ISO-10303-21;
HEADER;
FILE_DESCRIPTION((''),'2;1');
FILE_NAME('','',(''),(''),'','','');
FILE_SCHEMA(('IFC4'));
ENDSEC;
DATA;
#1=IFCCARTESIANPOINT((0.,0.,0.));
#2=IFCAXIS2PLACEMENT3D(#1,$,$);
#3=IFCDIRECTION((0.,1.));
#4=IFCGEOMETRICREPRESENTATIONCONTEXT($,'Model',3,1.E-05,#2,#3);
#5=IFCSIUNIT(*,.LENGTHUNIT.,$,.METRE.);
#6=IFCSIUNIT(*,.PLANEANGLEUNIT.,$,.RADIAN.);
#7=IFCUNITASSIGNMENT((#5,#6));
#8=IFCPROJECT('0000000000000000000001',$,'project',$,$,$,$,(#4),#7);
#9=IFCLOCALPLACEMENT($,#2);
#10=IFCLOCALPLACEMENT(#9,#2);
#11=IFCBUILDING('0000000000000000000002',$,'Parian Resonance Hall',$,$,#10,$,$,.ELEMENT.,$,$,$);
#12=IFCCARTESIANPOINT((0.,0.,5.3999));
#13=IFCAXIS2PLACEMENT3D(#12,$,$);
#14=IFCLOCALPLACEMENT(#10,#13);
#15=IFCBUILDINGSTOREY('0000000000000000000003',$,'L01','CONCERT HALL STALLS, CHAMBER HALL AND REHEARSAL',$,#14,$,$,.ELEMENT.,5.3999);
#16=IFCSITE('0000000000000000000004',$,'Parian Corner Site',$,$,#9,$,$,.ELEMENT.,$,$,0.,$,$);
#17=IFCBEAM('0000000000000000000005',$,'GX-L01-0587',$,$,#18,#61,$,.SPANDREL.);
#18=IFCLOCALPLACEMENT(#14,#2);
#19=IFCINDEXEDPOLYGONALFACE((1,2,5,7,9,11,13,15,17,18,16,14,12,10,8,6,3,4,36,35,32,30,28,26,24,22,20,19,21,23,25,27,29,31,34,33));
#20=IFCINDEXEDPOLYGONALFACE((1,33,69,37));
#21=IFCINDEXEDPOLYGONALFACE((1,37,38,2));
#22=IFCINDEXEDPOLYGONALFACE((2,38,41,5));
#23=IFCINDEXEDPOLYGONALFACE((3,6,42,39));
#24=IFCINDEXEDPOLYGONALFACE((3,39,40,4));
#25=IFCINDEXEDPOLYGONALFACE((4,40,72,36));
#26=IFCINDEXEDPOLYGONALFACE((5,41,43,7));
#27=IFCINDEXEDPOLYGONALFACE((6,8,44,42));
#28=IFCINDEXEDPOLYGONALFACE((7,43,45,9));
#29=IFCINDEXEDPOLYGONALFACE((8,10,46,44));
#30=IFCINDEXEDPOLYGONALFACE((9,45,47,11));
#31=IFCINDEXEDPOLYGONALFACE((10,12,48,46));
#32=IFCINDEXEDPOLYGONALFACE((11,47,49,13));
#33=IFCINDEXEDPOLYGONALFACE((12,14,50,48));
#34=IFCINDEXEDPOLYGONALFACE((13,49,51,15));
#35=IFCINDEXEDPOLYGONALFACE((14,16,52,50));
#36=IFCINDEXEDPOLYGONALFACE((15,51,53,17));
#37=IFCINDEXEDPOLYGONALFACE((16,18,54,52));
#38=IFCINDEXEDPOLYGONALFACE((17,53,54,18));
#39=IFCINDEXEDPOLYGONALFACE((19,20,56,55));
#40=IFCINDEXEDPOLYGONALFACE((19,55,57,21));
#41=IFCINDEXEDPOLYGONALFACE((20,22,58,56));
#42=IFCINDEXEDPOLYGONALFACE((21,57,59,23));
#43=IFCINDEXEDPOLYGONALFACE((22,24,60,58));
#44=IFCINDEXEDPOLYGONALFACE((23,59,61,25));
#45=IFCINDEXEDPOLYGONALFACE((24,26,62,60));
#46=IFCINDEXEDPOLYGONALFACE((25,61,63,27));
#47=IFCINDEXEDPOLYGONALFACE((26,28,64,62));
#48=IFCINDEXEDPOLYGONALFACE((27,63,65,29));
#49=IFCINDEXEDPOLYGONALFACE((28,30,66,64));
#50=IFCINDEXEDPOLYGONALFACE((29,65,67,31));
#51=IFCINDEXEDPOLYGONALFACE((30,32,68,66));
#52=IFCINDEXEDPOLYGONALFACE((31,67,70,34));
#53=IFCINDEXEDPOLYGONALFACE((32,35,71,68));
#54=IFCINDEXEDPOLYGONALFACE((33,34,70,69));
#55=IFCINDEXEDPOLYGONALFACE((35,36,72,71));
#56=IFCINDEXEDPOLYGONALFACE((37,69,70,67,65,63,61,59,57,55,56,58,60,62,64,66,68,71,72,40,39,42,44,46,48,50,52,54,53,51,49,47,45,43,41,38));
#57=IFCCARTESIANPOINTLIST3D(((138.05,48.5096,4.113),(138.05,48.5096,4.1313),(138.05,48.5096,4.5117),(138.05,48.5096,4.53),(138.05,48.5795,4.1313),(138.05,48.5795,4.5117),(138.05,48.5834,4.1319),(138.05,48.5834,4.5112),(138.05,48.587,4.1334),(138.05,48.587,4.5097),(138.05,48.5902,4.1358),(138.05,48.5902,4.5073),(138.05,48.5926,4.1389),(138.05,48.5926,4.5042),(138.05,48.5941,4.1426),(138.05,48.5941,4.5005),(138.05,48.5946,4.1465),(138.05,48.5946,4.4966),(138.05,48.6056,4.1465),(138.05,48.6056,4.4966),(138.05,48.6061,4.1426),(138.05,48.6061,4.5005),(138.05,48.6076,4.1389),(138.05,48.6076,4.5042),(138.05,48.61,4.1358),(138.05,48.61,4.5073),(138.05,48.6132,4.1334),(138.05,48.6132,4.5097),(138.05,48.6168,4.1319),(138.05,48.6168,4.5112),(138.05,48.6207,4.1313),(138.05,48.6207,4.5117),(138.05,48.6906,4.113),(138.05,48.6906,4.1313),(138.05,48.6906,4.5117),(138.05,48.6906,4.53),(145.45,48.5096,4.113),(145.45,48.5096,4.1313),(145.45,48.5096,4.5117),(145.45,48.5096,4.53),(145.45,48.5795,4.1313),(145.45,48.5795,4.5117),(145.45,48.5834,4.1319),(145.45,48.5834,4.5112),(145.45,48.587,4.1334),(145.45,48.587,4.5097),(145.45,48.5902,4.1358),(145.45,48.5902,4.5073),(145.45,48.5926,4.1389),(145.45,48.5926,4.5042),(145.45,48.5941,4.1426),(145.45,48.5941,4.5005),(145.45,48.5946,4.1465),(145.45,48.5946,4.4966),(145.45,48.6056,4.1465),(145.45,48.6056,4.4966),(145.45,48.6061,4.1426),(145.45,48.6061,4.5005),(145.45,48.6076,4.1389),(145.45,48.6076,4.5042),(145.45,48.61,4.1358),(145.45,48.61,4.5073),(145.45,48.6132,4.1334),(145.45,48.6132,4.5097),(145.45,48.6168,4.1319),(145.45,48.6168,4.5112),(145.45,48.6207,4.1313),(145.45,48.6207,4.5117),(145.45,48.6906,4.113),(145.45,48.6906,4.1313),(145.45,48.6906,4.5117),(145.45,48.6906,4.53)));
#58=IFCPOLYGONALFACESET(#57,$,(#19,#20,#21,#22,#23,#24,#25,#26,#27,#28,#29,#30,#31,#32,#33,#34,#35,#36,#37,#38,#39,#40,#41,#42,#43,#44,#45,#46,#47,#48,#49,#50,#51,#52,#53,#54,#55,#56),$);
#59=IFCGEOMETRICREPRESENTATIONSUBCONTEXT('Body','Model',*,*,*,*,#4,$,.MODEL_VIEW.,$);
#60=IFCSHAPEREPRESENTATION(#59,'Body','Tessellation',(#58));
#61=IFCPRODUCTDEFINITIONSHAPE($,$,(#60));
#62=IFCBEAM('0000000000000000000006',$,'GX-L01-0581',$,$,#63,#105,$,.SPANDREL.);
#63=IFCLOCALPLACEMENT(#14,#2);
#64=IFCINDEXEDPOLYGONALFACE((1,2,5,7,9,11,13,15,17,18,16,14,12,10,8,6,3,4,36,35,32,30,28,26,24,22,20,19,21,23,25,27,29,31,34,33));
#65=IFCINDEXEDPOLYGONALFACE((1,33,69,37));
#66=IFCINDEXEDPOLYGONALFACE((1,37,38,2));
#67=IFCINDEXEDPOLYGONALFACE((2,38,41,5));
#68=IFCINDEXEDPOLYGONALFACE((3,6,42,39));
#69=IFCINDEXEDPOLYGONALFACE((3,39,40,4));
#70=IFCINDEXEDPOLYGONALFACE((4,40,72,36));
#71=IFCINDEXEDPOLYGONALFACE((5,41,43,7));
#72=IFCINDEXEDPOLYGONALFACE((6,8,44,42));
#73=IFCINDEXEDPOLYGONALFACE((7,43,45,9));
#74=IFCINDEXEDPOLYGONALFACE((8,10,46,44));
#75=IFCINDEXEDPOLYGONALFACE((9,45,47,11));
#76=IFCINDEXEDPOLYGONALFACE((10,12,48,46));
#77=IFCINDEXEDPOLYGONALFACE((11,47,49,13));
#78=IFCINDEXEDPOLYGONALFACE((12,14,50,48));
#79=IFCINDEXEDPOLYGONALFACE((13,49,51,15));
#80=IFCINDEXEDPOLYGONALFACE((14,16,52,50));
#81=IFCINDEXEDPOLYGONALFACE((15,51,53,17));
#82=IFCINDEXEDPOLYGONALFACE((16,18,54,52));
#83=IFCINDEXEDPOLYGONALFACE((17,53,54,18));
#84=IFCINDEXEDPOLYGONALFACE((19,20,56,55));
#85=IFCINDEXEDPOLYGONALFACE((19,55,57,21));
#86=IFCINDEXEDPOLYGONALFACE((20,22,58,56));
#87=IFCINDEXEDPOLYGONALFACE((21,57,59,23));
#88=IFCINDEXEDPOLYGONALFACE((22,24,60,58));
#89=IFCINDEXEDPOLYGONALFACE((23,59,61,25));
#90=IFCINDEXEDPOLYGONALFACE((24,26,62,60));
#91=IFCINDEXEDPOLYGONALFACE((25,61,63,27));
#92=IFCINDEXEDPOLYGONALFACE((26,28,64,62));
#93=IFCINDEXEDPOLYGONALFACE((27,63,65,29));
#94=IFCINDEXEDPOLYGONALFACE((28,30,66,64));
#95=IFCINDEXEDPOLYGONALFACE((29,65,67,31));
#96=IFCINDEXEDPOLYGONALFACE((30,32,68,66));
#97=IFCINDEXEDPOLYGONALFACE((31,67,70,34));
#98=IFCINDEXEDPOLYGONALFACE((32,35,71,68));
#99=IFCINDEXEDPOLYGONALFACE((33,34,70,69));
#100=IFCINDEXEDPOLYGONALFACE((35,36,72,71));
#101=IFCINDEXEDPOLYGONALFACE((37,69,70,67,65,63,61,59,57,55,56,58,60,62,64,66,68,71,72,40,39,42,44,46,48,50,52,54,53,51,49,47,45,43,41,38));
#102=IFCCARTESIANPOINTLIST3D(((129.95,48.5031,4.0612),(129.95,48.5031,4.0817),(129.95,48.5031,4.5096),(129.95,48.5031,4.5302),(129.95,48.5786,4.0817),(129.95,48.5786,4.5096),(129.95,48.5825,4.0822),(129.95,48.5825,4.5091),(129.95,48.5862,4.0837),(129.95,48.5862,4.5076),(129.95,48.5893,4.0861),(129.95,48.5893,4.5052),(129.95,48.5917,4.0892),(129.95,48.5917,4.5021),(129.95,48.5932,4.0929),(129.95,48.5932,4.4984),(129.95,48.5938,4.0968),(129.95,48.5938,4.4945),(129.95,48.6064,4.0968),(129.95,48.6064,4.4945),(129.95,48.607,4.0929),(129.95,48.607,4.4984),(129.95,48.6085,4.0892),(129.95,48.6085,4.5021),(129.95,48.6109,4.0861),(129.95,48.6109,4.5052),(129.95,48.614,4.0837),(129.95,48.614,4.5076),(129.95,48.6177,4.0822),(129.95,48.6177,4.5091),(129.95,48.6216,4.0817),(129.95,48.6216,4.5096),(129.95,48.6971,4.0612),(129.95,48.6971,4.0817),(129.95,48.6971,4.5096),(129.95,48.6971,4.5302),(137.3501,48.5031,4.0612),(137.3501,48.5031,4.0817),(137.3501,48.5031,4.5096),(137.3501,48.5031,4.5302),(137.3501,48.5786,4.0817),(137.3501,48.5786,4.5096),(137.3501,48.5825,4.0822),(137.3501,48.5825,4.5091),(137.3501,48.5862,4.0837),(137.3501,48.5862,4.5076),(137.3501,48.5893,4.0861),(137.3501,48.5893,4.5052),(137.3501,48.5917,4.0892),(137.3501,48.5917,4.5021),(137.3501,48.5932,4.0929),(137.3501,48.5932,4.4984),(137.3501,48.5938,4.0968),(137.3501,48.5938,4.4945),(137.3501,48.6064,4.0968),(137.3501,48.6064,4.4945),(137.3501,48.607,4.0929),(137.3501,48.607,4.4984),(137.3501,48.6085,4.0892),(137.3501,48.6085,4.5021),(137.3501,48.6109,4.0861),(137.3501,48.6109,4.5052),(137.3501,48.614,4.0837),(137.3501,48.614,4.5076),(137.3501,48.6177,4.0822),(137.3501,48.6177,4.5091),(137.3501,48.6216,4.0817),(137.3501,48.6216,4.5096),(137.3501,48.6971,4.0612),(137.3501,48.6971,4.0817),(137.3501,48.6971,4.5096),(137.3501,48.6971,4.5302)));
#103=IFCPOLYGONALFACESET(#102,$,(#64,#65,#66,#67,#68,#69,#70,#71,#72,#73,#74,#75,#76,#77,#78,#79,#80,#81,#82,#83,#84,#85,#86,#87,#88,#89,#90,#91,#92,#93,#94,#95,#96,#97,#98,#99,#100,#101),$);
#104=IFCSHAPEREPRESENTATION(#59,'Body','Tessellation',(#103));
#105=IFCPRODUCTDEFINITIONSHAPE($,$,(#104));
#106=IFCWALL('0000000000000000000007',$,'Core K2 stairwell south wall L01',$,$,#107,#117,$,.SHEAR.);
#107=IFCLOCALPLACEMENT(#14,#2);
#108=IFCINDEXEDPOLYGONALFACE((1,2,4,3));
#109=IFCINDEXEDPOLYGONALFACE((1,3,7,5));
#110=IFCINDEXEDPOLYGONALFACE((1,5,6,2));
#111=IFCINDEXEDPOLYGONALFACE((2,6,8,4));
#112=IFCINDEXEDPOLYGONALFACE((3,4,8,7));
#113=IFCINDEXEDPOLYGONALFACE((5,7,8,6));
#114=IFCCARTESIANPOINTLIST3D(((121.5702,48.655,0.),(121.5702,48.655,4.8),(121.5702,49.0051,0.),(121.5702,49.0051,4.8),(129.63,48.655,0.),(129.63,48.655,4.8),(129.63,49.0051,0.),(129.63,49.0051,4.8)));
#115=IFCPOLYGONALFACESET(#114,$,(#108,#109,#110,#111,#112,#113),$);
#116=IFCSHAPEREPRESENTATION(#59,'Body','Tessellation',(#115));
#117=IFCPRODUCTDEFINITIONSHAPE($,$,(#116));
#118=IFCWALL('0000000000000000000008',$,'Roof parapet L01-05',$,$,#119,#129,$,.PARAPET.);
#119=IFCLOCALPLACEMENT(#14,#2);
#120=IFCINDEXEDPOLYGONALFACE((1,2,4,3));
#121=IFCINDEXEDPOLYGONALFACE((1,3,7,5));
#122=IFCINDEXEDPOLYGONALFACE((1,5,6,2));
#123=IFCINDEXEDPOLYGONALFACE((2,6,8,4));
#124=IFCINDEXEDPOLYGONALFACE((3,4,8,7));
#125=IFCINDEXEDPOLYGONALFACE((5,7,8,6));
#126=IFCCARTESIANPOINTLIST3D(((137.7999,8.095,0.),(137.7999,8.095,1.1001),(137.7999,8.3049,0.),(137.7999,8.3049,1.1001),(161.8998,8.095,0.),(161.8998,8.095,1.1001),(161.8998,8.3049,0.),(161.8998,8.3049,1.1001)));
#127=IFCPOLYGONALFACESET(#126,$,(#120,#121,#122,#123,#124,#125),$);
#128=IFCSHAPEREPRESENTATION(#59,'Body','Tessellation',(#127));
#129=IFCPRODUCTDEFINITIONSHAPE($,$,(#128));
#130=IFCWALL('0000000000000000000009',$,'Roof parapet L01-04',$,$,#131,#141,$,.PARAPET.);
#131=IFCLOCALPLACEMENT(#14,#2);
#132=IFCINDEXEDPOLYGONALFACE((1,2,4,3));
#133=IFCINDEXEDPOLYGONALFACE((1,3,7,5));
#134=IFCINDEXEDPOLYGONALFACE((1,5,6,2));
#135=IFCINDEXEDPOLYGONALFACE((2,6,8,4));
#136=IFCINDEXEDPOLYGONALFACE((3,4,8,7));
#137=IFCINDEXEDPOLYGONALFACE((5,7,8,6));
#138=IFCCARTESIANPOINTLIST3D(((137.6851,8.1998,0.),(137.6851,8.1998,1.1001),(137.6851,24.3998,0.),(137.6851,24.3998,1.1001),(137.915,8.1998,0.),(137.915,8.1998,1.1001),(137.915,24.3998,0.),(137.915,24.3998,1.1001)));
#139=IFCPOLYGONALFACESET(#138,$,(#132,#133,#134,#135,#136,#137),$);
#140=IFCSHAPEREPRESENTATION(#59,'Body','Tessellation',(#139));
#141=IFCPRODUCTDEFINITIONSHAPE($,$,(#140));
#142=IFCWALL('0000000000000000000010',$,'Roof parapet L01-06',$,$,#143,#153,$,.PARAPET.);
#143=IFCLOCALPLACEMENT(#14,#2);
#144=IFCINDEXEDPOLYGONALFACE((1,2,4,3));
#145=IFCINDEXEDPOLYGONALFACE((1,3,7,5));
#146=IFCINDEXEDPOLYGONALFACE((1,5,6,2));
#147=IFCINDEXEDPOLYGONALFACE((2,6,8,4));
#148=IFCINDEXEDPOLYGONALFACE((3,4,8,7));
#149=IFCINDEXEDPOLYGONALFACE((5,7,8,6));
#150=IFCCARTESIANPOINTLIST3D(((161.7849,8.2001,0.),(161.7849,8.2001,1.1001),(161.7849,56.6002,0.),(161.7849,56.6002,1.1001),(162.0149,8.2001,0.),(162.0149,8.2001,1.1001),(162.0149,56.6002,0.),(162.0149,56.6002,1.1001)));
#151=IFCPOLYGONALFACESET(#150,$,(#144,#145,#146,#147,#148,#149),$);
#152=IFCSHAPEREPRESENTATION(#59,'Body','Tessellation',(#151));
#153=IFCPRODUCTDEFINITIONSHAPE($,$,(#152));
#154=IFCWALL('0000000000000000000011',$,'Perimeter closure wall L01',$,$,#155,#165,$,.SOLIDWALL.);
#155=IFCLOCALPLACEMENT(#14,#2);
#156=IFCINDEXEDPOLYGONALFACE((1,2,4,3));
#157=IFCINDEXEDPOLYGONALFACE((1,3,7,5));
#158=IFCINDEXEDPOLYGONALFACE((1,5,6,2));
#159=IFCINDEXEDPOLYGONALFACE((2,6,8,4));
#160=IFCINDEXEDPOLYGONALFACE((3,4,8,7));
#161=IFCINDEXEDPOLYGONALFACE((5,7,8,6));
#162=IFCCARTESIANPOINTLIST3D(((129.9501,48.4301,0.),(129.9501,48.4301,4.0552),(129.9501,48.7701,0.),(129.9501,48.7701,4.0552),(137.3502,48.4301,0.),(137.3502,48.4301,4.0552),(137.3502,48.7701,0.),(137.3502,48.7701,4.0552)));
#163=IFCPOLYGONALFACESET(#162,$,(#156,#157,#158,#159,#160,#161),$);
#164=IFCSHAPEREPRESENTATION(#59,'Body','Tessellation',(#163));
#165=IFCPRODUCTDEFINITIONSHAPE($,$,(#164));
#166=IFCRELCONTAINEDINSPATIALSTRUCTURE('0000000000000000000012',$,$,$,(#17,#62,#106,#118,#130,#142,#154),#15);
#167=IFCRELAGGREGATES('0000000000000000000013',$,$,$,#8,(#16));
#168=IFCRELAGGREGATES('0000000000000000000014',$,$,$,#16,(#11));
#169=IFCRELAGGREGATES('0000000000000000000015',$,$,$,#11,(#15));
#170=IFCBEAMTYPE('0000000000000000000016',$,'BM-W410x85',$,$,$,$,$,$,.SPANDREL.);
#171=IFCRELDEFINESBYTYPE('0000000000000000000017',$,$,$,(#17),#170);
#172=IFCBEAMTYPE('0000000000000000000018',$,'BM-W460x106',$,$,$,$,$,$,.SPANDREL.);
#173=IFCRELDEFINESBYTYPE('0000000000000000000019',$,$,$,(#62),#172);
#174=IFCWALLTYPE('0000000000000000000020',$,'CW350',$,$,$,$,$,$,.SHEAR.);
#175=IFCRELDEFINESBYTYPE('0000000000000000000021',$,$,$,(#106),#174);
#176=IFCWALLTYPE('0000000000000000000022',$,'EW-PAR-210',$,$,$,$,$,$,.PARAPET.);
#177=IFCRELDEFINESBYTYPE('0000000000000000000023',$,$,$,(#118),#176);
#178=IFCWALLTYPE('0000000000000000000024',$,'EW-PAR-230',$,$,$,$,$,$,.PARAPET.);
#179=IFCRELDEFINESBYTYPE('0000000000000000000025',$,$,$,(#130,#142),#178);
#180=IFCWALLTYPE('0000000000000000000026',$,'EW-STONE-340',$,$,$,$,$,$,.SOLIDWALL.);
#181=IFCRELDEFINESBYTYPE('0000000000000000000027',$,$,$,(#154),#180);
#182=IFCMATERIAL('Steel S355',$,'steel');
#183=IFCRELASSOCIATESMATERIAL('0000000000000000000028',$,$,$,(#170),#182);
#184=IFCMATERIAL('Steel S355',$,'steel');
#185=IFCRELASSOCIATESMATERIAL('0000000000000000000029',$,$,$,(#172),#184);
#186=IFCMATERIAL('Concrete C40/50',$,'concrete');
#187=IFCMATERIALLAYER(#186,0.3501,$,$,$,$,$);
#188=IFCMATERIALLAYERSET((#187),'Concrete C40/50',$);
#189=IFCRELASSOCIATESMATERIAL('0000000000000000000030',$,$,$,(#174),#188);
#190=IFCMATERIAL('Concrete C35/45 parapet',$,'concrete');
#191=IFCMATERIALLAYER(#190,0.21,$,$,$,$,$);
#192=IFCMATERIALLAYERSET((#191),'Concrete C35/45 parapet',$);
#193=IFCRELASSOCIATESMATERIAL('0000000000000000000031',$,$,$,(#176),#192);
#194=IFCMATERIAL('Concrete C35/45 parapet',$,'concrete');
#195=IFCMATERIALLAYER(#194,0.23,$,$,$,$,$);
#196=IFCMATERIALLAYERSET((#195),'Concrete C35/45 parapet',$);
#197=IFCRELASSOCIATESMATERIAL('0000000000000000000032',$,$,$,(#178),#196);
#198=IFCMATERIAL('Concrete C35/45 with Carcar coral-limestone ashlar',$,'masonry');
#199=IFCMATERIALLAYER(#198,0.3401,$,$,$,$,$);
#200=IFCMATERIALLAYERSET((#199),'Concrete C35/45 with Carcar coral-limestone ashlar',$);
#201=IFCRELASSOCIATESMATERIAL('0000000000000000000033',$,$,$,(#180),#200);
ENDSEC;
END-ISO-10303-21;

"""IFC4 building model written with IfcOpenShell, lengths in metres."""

from ifc_helpers import new_model, si_unit, direction, frame, frame_2d, origin, origin_2d, place, context, subcontext, project, spatial, rectangle, i_section, extrude, material, layer, layer_set, material_profile, profile_set, type_object, element, save


model = new_model("IFC4")

# Units and contexts
model_context = context("Model", 3, precision=1e-05, world=origin(), true_north=direction((0.0, 1.0)))
body_context = subcontext(model_context, "Body", "Model", "MODEL_VIEW")
ifc_project = project(units=[si_unit("LENGTHUNIT", "METRE"), si_unit("PLANEANGLEUNIT", "RADIAN")], contexts=[model_context])

# Site, building, storey
site_placement = place(None, origin())
site = spatial("IfcSite", under=ifc_project, at=site_placement, Name="Parian Corner Site", CompositionType="ELEMENT", RefElevation=0.0)
building_placement = place(site_placement, origin())
building = spatial("IfcBuilding", under=site, at=building_placement, Name="Parian Resonance Hall", CompositionType="ELEMENT")
storey_placement = place(building_placement, frame((0.0, 0.0, 5.3999)))
storey = spatial("IfcBuildingStorey", under=building, at=storey_placement, Name="L01", Description="CONCERT HALL STALLS, CHAMBER HALL AND REHEARSAL", CompositionType="ELEMENT", Elevation=5.3999)

# Beams
ifc_material_1 = material(Name="Steel S355", Category="steel")
ifc_material_profile_1 = material_profile(ifc_material_1, i_section(OverallWidth=0.1809, OverallDepth=0.417, WebThickness=0.011, FlangeThickness=0.0183, FilletRadius=0.0151, at=origin_2d()), Name="W410x85")
ifc_profile_set_1 = profile_set([ifc_material_profile_1], Name="Steel S355")
beam_type_1 = type_object("IfcBeamType", Name="BM-W410x85", PredefinedType="SPANDREL", material=ifc_profile_set_1)
beam_1_placement = place(storey_placement, frame((138.05, 48.6001, 4.3215), z_axis=(1.0, 0.0, 0.0), x_axis=(0.0, 1.0, 0.0)))
element("IfcBeam", 1, at=beam_1_placement, inside=storey, type_object=beam_type_1, Name="GX-L01-0587", PredefinedType="SPANDREL", context=body_context, shape_type="SweptSolid", body=[
    extrude(i_section(OverallWidth=0.1809, OverallDepth=0.417, WebThickness=0.011, FlangeThickness=0.0183, FilletRadius=0.0151, at=origin_2d()), origin(), (0.0, 0.0, 1.0), 7.3999),
])
ifc_material_2 = material(Name="Steel S355", Category="steel")
ifc_material_profile_2 = material_profile(ifc_material_2, i_section(OverallWidth=0.1941, OverallDepth=0.469, WebThickness=0.0127, FlangeThickness=0.0205, FilletRadius=0.0151, at=origin_2d()), Name="W460x106")
ifc_profile_set_2 = profile_set([ifc_material_profile_2], Name="Steel S355")
beam_type_2 = type_object("IfcBeamType", Name="BM-W460x106", PredefinedType="SPANDREL", material=ifc_profile_set_2)
beam_2_placement = place(storey_placement, frame((129.95, 48.6001, 4.2957), z_axis=(1.0, 0.0, 0.0), x_axis=(0.0, 1.0, 0.0)))
element("IfcBeam", 2, at=beam_2_placement, inside=storey, type_object=beam_type_2, Name="GX-L01-0581", PredefinedType="SPANDREL", context=body_context, shape_type="SweptSolid", body=[
    extrude(i_section(OverallWidth=0.1941, OverallDepth=0.469, WebThickness=0.0127, FlangeThickness=0.0205, FilletRadius=0.0151, at=origin_2d()), origin(), (0.0, 0.0, 1.0), 7.4001),
])

# Walls
ifc_material_3 = material(Name="Concrete C40/50", Category="concrete")
ifc_layer_1 = layer(ifc_material_3, 0.3501)
ifc_layer_set_1 = layer_set([ifc_layer_1], Name="Concrete C40/50")
wall_type_1 = type_object("IfcWallType", Name="CW350", PredefinedType="SHEAR", material=ifc_layer_set_1)
wall_1_placement = place(storey_placement, frame((129.6299, 48.8301, 0.0), z_axis=(0.0, 0.0, 1.0), x_axis=(-1.0, 0.0, 0.0)))
element("IfcWall", 3, at=wall_1_placement, inside=storey, type_object=wall_type_1, Name="Core K2 stairwell south wall L01", PredefinedType="SHEAR", context=body_context, shape_type="SweptSolid", body=[
    extrude(rectangle(XDim=8.0598, YDim=0.3501, at=frame_2d((4.0298, 0.0))), origin(), (0.0, 0.0, 1.0), 4.8),
])
ifc_material_4 = material(Name="Concrete C35/45 parapet", Category="concrete")
ifc_layer_2 = layer(ifc_material_4, 0.21)
ifc_layer_set_2 = layer_set([ifc_layer_2], Name="Concrete C35/45 parapet")
wall_type_2 = type_object("IfcWallType", Name="EW-PAR-210", PredefinedType="PARAPET", material=ifc_layer_set_2)
wall_2_placement = place(storey_placement, frame((137.8, 8.2, 0.0), z_axis=(0.0, 0.0, 1.0), x_axis=(1.0, 0.0, 0.0)))
element("IfcWall", 4, at=wall_2_placement, inside=storey, type_object=wall_type_2, Name="Roof parapet L01-05", PredefinedType="PARAPET", context=body_context, shape_type="SweptSolid", body=[
    extrude(rectangle(XDim=24.0999, YDim=0.21, at=frame_2d((12.0498, 0.0))), origin(), (0.0, 0.0, 1.0), 1.1001),
])
ifc_material_5 = material(Name="Concrete C35/45 parapet", Category="concrete")
ifc_layer_3 = layer(ifc_material_5, 0.23)
ifc_layer_set_3 = layer_set([ifc_layer_3], Name="Concrete C35/45 parapet")
wall_type_3 = type_object("IfcWallType", Name="EW-PAR-230", PredefinedType="PARAPET", material=ifc_layer_set_3)
wall_3_placement = place(storey_placement, frame((137.8, 24.3999, 0.0), z_axis=(0.0, 0.0, 1.0), x_axis=(0.0, -1.0, 0.0)))
element("IfcWall", 5, at=wall_3_placement, inside=storey, type_object=wall_type_3, Name="Roof parapet L01-04", PredefinedType="PARAPET", context=body_context, shape_type="SweptSolid", body=[
    extrude(rectangle(XDim=16.2, YDim=0.23, at=frame_2d((8.1001, 0.0))), origin(), (0.0, 0.0, 1.0), 1.1001),
])
wall_4_placement = place(storey_placement, frame((161.8999, 8.2, 0.0), z_axis=(0.0, 0.0, 1.0), x_axis=(0.0, 1.0, 0.0)))
element("IfcWall", 6, at=wall_4_placement, inside=storey, type_object=wall_type_3, Name="Roof parapet L01-06", PredefinedType="PARAPET", context=body_context, shape_type="SweptSolid", body=[
    extrude(rectangle(XDim=48.4001, YDim=0.23, at=frame_2d((24.2002, 0.0))), origin(), (0.0, 0.0, 1.0), 1.1001),
])
ifc_material_6 = material(Name="Concrete C35/45 with Carcar coral-limestone ashlar", Category="masonry")
ifc_layer_4 = layer(ifc_material_6, 0.3401)
ifc_layer_set_4 = layer_set([ifc_layer_4], Name="Concrete C35/45 with Carcar coral-limestone ashlar")
wall_type_4 = type_object("IfcWallType", Name="EW-STONE-340", PredefinedType="SOLIDWALL", material=ifc_layer_set_4)
wall_5_placement = place(storey_placement, frame((129.95, 48.6001, 0.0), z_axis=(0.0, 0.0, 1.0), x_axis=(1.0, 0.0, 0.0)))
element("IfcWall", 7, at=wall_5_placement, inside=storey, type_object=wall_type_4, Name="Perimeter closure wall L01", PredefinedType="SOLIDWALL", context=body_context, shape_type="SweptSolid", body=[
    extrude(rectangle(XDim=7.4001, YDim=0.3401, at=frame_2d((3.7002, 0.0))), origin(), (0.0, 0.0, 1.0), 4.0552),
])

save(model, "model.ifc")
